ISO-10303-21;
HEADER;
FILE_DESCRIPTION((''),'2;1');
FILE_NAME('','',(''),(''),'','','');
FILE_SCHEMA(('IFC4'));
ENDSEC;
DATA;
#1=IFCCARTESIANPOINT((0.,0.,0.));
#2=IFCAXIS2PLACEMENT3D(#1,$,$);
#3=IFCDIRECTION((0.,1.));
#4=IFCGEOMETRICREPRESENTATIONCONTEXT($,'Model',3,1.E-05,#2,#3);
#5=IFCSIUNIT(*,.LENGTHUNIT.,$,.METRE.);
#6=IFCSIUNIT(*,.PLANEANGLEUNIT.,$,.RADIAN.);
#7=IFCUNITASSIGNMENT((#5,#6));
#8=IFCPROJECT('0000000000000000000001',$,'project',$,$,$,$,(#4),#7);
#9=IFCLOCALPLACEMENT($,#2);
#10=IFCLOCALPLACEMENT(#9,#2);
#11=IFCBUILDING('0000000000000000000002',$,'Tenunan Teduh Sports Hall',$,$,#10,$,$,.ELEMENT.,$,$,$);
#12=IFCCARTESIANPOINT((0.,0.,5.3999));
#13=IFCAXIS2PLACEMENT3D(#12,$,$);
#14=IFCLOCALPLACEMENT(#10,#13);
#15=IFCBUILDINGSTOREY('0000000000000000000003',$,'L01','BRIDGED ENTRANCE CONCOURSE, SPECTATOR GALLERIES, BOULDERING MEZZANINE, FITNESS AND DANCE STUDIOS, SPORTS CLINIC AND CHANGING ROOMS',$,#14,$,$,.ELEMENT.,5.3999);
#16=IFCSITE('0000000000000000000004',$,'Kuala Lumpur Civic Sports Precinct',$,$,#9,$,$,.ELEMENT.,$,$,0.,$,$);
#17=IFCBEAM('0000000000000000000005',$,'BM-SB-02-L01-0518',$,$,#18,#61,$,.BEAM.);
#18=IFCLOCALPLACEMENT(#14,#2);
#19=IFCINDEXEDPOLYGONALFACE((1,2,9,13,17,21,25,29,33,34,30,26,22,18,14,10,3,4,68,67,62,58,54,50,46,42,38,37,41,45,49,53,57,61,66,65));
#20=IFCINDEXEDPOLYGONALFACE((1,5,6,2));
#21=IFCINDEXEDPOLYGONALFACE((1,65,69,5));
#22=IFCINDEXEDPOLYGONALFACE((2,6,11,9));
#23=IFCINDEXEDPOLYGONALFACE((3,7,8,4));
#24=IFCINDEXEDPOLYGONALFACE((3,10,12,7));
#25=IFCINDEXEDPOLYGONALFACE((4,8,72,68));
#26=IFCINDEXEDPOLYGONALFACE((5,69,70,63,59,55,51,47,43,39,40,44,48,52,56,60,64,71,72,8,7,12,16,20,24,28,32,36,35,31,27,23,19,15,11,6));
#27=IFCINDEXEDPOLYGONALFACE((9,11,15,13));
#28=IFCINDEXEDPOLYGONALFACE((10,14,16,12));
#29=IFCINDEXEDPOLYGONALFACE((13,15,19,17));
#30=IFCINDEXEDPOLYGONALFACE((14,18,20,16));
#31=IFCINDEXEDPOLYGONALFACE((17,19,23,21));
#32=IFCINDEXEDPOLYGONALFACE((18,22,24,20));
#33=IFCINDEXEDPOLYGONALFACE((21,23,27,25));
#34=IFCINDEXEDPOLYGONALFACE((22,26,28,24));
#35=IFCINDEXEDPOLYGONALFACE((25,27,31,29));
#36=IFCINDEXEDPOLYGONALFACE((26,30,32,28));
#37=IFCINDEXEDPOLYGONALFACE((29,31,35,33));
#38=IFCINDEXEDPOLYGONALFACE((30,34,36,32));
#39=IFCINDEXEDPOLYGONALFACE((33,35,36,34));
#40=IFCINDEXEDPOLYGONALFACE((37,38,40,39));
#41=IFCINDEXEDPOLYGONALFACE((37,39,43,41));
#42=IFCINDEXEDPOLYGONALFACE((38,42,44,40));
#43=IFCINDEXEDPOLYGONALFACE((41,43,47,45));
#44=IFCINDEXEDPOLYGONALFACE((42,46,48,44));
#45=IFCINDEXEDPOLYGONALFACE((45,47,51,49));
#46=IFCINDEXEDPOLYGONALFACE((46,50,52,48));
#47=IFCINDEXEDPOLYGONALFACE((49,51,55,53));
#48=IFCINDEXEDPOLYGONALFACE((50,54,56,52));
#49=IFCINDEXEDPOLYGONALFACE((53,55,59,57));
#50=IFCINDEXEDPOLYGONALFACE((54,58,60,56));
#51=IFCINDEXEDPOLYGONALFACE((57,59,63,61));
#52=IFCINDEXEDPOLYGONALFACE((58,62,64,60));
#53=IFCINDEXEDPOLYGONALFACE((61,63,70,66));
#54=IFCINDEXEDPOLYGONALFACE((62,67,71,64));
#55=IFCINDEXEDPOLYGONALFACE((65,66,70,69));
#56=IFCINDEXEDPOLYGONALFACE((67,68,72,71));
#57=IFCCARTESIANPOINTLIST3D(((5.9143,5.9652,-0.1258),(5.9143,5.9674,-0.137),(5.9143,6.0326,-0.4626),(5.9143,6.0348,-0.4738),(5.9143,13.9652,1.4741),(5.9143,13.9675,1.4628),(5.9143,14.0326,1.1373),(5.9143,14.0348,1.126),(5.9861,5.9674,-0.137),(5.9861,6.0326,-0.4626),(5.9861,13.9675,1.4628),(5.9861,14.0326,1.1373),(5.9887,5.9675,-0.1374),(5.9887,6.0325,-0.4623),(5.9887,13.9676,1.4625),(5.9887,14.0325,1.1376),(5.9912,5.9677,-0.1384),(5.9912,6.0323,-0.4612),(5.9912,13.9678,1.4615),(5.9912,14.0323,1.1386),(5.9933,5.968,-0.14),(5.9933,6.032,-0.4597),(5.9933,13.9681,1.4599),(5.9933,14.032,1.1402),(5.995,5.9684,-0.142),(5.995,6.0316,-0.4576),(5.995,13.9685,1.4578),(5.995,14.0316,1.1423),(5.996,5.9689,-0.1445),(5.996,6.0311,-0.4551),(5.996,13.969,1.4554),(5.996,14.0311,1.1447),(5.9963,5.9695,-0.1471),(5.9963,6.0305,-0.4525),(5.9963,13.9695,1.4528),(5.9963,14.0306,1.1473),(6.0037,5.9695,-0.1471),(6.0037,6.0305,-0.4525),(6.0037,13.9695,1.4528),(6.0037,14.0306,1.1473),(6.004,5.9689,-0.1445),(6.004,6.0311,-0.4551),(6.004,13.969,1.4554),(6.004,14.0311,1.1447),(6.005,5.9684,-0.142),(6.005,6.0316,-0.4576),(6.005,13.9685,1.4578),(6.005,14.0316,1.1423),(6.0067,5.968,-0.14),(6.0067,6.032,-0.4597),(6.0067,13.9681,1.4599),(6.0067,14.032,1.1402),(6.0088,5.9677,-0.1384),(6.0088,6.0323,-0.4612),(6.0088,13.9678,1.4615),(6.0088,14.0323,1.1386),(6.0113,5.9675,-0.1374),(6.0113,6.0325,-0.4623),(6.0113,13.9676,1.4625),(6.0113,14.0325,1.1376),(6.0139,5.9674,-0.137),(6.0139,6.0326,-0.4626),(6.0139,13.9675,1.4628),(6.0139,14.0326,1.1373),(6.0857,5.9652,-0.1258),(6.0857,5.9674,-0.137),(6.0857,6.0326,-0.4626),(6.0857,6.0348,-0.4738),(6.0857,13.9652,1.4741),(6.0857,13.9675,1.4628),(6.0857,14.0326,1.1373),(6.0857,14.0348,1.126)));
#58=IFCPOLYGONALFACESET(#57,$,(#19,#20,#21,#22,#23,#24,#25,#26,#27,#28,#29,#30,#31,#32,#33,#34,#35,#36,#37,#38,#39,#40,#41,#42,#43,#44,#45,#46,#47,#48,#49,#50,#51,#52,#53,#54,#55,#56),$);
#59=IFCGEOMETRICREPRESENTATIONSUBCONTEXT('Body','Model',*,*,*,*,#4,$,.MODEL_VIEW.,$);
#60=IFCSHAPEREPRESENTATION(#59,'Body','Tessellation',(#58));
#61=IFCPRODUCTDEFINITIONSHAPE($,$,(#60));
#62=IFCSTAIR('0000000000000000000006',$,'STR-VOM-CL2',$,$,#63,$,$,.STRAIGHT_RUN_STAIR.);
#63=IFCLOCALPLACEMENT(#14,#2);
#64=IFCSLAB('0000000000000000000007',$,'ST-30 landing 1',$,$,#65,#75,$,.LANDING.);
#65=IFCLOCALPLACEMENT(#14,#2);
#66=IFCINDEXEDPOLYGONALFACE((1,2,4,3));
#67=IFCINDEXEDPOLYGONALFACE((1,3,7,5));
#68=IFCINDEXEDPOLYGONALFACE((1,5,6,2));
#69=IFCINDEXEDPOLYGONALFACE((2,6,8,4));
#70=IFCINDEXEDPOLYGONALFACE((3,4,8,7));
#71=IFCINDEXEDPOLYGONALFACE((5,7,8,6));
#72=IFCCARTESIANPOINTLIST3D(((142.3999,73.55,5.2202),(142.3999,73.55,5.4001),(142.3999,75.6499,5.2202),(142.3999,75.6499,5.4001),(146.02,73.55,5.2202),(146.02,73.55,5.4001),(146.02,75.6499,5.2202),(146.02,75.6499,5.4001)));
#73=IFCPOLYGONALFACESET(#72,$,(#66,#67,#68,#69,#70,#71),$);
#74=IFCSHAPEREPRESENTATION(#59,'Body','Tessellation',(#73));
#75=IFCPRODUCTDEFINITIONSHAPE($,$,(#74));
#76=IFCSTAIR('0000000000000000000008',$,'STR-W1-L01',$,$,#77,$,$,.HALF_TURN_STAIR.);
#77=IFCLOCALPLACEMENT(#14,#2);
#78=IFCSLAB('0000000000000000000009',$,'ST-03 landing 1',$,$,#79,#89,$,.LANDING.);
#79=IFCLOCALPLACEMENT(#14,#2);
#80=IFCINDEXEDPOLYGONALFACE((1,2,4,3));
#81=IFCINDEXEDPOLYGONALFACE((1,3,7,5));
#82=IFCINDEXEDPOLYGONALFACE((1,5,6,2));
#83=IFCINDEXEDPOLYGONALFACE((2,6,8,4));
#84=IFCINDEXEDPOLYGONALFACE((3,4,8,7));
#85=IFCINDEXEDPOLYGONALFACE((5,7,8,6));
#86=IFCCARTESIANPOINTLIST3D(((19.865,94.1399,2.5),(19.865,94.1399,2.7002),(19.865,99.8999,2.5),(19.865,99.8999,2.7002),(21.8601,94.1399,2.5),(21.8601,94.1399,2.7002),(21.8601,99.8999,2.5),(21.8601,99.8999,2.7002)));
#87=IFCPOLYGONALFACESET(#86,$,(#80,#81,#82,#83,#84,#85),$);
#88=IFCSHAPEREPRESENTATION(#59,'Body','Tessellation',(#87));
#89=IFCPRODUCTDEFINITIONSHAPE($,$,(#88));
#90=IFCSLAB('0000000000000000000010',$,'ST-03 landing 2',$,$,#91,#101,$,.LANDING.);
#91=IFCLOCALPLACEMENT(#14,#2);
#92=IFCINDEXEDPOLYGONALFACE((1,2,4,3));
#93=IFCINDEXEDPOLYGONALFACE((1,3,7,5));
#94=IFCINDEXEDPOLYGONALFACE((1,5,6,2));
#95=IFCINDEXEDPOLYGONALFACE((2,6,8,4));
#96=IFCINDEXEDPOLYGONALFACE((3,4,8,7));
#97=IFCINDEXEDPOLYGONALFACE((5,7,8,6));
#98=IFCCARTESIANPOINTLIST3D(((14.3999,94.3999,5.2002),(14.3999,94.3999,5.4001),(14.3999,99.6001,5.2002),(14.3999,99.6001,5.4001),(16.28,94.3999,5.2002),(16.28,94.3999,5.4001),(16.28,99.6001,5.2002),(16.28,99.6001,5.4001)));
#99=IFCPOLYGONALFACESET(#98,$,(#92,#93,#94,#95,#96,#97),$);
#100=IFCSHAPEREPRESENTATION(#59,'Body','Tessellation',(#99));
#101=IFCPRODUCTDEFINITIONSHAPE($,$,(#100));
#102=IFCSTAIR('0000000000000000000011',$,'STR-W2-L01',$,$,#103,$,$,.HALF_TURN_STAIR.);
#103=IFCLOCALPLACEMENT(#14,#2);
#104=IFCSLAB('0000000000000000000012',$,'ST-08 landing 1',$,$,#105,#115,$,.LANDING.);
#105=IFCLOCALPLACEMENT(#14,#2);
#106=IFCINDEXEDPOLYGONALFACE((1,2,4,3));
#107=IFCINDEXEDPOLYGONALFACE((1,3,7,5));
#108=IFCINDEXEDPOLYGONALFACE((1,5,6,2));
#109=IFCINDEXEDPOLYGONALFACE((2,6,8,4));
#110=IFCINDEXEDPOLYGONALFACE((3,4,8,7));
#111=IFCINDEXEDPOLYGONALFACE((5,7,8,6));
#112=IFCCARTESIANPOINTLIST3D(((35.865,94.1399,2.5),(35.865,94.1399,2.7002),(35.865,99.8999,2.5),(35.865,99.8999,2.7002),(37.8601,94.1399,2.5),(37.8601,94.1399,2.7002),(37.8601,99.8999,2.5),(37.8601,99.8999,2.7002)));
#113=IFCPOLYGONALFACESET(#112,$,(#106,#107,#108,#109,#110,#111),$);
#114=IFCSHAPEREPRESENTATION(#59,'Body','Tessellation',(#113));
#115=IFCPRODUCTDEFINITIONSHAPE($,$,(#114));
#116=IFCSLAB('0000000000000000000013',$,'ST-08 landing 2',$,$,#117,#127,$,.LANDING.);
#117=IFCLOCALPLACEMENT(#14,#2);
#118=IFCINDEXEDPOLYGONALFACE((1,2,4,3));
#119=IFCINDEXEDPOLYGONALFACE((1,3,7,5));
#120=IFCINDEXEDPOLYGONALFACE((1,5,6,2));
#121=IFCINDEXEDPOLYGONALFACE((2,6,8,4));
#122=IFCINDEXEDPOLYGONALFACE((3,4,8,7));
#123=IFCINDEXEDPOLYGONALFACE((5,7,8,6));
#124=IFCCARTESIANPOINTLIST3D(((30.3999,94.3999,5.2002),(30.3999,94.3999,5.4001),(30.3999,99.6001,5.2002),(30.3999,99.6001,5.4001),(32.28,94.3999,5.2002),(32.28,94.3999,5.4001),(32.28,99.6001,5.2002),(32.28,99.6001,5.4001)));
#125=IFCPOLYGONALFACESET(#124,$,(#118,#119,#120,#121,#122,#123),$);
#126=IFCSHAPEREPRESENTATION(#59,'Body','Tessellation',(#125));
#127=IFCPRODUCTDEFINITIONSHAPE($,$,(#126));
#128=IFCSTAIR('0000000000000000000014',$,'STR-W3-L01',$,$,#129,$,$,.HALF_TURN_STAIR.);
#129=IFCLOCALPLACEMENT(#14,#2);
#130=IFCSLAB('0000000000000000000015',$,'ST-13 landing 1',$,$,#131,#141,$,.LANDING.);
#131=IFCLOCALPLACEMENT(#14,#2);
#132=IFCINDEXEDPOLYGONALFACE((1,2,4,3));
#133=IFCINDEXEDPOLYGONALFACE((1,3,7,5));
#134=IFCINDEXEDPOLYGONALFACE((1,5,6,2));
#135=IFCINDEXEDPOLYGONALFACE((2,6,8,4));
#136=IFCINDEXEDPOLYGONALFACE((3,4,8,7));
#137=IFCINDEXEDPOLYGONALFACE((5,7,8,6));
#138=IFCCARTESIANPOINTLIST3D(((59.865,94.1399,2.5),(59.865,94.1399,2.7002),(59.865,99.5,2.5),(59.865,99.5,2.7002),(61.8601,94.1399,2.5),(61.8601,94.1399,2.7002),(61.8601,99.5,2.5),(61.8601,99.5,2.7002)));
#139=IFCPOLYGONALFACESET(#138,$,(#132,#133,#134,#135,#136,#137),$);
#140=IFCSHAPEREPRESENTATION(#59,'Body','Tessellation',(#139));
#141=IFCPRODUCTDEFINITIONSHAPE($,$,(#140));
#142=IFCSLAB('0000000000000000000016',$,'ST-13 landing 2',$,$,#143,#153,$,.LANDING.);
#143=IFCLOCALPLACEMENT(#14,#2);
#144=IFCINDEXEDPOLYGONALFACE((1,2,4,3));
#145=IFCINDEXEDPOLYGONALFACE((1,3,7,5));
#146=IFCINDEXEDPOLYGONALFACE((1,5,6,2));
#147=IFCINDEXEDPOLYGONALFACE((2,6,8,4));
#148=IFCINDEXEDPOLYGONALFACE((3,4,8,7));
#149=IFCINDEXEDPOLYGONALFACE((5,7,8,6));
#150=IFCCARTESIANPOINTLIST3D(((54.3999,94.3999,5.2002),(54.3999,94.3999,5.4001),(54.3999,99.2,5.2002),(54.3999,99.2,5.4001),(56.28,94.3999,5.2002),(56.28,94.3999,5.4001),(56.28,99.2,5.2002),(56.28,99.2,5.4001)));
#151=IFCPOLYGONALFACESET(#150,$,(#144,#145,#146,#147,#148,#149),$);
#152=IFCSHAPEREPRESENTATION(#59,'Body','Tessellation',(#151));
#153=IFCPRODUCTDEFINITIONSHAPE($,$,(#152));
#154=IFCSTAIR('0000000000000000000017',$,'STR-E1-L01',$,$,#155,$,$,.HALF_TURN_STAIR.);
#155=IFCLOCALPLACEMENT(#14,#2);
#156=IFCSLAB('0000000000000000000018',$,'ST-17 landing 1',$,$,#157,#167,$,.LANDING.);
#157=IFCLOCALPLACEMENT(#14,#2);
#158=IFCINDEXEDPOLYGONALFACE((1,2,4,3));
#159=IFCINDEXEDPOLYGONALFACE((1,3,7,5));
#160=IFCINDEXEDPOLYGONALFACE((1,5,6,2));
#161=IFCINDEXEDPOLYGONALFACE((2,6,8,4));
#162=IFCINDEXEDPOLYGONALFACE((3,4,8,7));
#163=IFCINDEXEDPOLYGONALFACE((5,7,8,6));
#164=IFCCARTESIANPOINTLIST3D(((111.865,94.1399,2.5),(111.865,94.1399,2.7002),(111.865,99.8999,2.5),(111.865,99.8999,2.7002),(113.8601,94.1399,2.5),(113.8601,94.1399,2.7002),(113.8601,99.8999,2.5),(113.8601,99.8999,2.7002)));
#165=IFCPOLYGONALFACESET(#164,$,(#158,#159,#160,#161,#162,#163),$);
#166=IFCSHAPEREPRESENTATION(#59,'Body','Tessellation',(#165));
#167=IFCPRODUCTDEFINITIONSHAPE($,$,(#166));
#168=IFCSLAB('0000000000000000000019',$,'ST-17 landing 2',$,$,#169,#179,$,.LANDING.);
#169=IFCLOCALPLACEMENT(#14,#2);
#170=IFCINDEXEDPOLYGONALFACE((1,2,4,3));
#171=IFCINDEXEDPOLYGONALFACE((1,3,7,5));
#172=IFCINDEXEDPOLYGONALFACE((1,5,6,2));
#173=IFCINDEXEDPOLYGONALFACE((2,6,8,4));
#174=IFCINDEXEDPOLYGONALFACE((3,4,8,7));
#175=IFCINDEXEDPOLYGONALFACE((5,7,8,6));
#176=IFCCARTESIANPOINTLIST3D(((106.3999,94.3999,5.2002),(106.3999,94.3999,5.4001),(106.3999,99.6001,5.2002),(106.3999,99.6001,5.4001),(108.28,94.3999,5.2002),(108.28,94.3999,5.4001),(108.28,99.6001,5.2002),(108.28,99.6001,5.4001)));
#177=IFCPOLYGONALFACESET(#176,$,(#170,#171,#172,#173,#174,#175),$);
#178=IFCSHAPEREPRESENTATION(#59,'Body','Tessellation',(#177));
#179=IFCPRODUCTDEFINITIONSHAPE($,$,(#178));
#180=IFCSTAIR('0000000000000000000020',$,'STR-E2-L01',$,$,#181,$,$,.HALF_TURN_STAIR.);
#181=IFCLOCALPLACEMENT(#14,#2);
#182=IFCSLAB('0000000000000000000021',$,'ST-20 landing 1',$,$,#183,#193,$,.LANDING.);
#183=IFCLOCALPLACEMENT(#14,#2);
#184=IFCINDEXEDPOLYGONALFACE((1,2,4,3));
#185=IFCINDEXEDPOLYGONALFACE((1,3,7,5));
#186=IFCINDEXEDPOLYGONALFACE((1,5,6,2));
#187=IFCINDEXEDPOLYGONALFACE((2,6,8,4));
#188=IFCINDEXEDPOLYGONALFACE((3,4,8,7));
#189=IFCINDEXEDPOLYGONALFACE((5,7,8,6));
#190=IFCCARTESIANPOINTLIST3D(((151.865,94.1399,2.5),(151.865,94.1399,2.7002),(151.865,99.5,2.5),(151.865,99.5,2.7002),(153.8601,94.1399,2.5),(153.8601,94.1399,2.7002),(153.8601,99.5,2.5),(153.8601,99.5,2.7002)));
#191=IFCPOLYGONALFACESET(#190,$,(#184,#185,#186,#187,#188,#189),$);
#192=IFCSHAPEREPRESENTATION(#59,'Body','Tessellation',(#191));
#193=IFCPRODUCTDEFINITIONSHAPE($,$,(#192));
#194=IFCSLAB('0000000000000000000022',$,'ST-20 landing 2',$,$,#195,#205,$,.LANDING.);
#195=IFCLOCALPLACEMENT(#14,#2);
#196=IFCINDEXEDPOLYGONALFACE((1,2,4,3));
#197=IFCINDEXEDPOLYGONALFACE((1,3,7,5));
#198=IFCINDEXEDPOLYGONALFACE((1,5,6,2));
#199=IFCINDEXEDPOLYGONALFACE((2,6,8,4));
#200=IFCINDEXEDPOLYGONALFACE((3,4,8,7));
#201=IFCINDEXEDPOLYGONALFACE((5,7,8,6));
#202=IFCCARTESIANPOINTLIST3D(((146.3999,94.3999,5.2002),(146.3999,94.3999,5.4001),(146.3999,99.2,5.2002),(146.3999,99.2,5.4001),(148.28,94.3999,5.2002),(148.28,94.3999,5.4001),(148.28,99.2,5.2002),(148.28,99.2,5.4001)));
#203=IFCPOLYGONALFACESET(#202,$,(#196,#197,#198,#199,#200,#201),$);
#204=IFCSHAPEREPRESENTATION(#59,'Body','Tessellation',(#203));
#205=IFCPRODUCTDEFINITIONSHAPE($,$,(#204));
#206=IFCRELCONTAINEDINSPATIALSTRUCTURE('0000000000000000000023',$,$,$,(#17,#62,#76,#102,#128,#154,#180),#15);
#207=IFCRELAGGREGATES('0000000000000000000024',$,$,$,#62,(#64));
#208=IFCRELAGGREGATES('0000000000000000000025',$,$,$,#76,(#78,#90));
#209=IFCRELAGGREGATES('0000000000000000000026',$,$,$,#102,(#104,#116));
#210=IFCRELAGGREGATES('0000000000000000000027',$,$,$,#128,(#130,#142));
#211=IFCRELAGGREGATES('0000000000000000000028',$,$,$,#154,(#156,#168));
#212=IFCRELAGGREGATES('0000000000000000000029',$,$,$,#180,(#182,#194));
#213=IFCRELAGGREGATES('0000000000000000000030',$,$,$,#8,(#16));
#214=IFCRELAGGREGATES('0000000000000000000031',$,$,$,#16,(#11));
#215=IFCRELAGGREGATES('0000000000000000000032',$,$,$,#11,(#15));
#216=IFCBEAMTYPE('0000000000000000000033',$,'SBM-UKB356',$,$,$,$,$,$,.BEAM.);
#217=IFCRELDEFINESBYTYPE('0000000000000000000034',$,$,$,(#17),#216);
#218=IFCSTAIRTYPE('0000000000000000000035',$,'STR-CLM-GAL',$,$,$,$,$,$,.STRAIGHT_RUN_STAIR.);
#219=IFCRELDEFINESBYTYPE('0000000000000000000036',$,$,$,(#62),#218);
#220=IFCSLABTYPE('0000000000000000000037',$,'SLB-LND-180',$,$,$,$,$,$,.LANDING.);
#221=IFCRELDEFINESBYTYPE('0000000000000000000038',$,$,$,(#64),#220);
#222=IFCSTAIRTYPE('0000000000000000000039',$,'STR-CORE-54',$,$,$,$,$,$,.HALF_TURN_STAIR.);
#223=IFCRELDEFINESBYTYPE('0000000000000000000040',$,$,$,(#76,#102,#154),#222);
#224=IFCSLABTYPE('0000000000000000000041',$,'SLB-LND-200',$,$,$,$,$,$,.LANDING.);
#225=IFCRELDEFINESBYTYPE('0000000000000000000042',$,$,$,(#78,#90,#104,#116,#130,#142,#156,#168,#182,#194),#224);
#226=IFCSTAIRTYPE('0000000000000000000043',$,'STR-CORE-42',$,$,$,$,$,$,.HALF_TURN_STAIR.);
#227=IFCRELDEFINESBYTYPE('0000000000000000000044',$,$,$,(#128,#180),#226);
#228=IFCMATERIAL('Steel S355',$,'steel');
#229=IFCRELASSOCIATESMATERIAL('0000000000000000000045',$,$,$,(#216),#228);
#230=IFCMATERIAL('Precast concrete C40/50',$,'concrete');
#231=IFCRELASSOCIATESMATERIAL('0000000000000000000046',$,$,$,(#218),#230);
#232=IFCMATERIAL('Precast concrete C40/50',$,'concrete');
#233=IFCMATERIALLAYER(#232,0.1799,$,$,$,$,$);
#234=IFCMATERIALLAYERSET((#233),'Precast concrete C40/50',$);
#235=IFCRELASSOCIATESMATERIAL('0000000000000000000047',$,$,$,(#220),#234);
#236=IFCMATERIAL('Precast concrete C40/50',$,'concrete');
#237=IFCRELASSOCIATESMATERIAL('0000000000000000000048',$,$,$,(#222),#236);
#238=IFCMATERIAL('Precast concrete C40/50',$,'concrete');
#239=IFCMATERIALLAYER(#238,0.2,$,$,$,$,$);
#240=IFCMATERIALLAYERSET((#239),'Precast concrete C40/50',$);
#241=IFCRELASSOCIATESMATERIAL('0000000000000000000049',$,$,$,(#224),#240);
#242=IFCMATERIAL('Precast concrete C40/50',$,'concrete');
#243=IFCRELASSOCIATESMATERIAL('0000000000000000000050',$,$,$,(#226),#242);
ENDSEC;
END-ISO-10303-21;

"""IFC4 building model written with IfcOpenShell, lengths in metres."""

from ifc_helpers import new_model, si_unit, direction, frame, origin, origin_2d, place, context, subcontext, project, spatial, polyline, i_section, outline, extrude, material, layer, layer_set, material_profile, profile_set, type_object, element, aggregate, save


model = new_model("IFC4")

# Units and contexts
model_context = context("Model", 3, precision=1e-05, world=origin(), true_north=direction((0.0, 1.0)))
body_context = subcontext(model_context, "Body", "Model", "MODEL_VIEW")
ifc_project = project(units=[si_unit("LENGTHUNIT", "METRE"), si_unit("PLANEANGLEUNIT", "RADIAN")], contexts=[model_context])

# Site, building, storey
site_placement = place(None, origin())
site = spatial("IfcSite", under=ifc_project, at=site_placement, Name="Kuala Lumpur Civic Sports Precinct", CompositionType="ELEMENT", RefElevation=0.0)
building_placement = place(site_placement, origin())
building = spatial("IfcBuilding", under=site, at=building_placement, Name="Tenunan Teduh Sports Hall", CompositionType="ELEMENT")
storey_placement = place(building_placement, frame((0.0, 0.0, 5.3999)))
storey = spatial("IfcBuildingStorey", under=building, at=storey_placement, Name="L01", Description="BRIDGED ENTRANCE CONCOURSE, SPECTATOR GALLERIES, BOULDERING MEZZANINE, FITNESS AND DANCE STUDIOS, SPORTS CLINIC AND CHANGING ROOMS", CompositionType="ELEMENT", Elevation=5.3999)

# Beam
ifc_material_1 = material(Name="Steel S355", Category="steel")
ifc_material_profile_1 = material_profile(ifc_material_1, i_section(OverallWidth=0.1714, OverallDepth=0.355, WebThickness=0.0073, FlangeThickness=0.0115, FilletRadius=0.0103, at=origin_2d()), Name="UKB 356x171x51")
ifc_profile_set_1 = profile_set([ifc_material_profile_1], Name="Steel S355")
beam_type_1 = type_object("IfcBeamType", Name="SBM-UKB356", PredefinedType="BEAM", material=ifc_profile_set_1)
beam_1_placement = place(storey_placement, frame((6.0, 6.0, -0.2998), z_axis=(0.0, 0.980584, 0.196099), x_axis=(-1.0, 0.0, 0.0)))
element("IfcBeam", 1, at=beam_1_placement, inside=storey, type_object=beam_type_1, Name="BM-SB-02-L01-0518", PredefinedType="BEAM", context=body_context, shape_type="SweptSolid", body=[
    extrude(i_section(OverallWidth=0.1714, OverallDepth=0.355, WebThickness=0.0073, FlangeThickness=0.0115, FilletRadius=0.0103, at=origin_2d()), origin(), (0.0, 0.0, 1.0), 8.1584),
])

# Stair, slab
ifc_material_2 = material(Name="Precast concrete C40/50", Category="concrete")
stair_type_1 = type_object("IfcStairType", Name="STR-CLM-GAL", PredefinedType="STRAIGHT_RUN_STAIR", material=ifc_material_2)
stair_1_placement = place(storey_placement, origin())
stair_1 = element("IfcStair", 2, at=stair_1_placement, inside=storey, type_object=stair_type_1, Name="STR-VOM-CL2", PredefinedType="STRAIGHT_RUN_STAIR")
ifc_material_3 = material(Name="Precast concrete C40/50", Category="concrete")
ifc_layer_1 = layer(ifc_material_3, 0.1799)
ifc_layer_set_1 = layer_set([ifc_layer_1], Name="Precast concrete C40/50")
slab_type_1 = type_object("IfcSlabType", Name="SLB-LND-180", PredefinedType="LANDING", material=ifc_layer_set_1)
slab_1_placement = place(storey_placement, frame((0.0, 0.0, 5.2202)))
slab_1 = element("IfcSlab", 3, at=slab_1_placement, type_object=slab_type_1, Name="ST-30 landing 1", PredefinedType="LANDING", context=body_context, shape_type="SweptSolid", body=[
    extrude(outline(polyline([(142.3999, 73.55), (146.02, 73.55), (146.02, 75.6499), (142.3999, 75.6499), (142.3999, 73.55)])), origin(), (0.0, 0.0, 1.0), 0.1799),
])
aggregate(stair_1, [slab_1])

# Stairs, slabs
ifc_material_4 = material(Name="Precast concrete C40/50", Category="concrete")
stair_type_2 = type_object("IfcStairType", Name="STR-CORE-54", PredefinedType="HALF_TURN_STAIR", material=ifc_material_4)
stair_2_placement = place(storey_placement, origin())
stair_2 = element("IfcStair", 4, at=stair_2_placement, inside=storey, type_object=stair_type_2, Name="STR-W1-L01", PredefinedType="HALF_TURN_STAIR")
ifc_material_5 = material(Name="Precast concrete C40/50", Category="concrete")
ifc_layer_2 = layer(ifc_material_5, 0.2)
ifc_layer_set_2 = layer_set([ifc_layer_2], Name="Precast concrete C40/50")
slab_type_2 = type_object("IfcSlabType", Name="SLB-LND-200", PredefinedType="LANDING", material=ifc_layer_set_2)
slab_2_placement = place(storey_placement, frame((0.0, 0.0, 2.5)))
slab_2 = element("IfcSlab", 5, at=slab_2_placement, type_object=slab_type_2, Name="ST-03 landing 1", PredefinedType="LANDING", context=body_context, shape_type="SweptSolid", body=[
    extrude(outline(polyline([(19.865, 94.1399), (21.8601, 94.1399), (21.8601, 99.8999), (19.865, 99.8999), (19.865, 94.1399)])), origin(), (0.0, 0.0, 1.0), 0.2002),
])
slab_3_placement = place(storey_placement, frame((0.0, 0.0, 5.2002)))
slab_3 = element("IfcSlab", 6, at=slab_3_placement, type_object=slab_type_2, Name="ST-03 landing 2", PredefinedType="LANDING", context=body_context, shape_type="SweptSolid", body=[
    extrude(outline(polyline([(14.3999, 94.3999), (16.28, 94.3999), (16.28, 99.6001), (14.3999, 99.6001), (14.3999, 94.3999)])), origin(), (0.0, 0.0, 1.0), 0.2),
])
aggregate(stair_2, [slab_2, slab_3])
stair_3_placement = place(storey_placement, origin())
stair_3 = element("IfcStair", 7, at=stair_3_placement, inside=storey, type_object=stair_type_2, Name="STR-W2-L01", PredefinedType="HALF_TURN_STAIR")
slab_4_placement = place(storey_placement, frame((0.0, 0.0, 2.5)))
slab_4 = element("IfcSlab", 8, at=slab_4_placement, type_object=slab_type_2, Name="ST-08 landing 1", PredefinedType="LANDING", context=body_context, shape_type="SweptSolid", body=[
    extrude(outline(polyline([(35.865, 94.1399), (37.8601, 94.1399), (37.8601, 99.8999), (35.865, 99.8999), (35.865, 94.1399)])), origin(), (0.0, 0.0, 1.0), 0.2002),
])
slab_5_placement = place(storey_placement, frame((0.0, 0.0, 5.2002)))
slab_5 = element("IfcSlab", 9, at=slab_5_placement, type_object=slab_type_2, Name="ST-08 landing 2", PredefinedType="LANDING", context=body_context, shape_type="SweptSolid", body=[
    extrude(outline(polyline([(30.3999, 94.3999), (32.28, 94.3999), (32.28, 99.6001), (30.3999, 99.6001), (30.3999, 94.3999)])), origin(), (0.0, 0.0, 1.0), 0.2),
])
aggregate(stair_3, [slab_4, slab_5])
ifc_material_6 = material(Name="Precast concrete C40/50", Category="concrete")
stair_type_3 = type_object("IfcStairType", Name="STR-CORE-42", PredefinedType="HALF_TURN_STAIR", material=ifc_material_6)
stair_4_placement = place(storey_placement, origin())
stair_4 = element("IfcStair", 10, at=stair_4_placement, inside=storey, type_object=stair_type_3, Name="STR-W3-L01", PredefinedType="HALF_TURN_STAIR")
slab_6_placement = place(storey_placement, frame((0.0, 0.0, 2.5)))
slab_6 = element("IfcSlab", 11, at=slab_6_placement, type_object=slab_type_2, Name="ST-13 landing 1", PredefinedType="LANDING", context=body_context, shape_type="SweptSolid", body=[
    extrude(outline(polyline([(59.865, 94.1399), (61.8601, 94.1399), (61.8601, 99.5), (59.865, 99.5), (59.865, 94.1399)])), origin(), (0.0, 0.0, 1.0), 0.2002),
])
slab_7_placement = place(storey_placement, frame((0.0, 0.0, 5.2002)))
slab_7 = element("IfcSlab", 12, at=slab_7_placement, type_object=slab_type_2, Name="ST-13 landing 2", PredefinedType="LANDING", context=body_context, shape_type="SweptSolid", body=[
    extrude(outline(polyline([(54.3999, 94.3999), (56.28, 94.3999), (56.28, 99.2), (54.3999, 99.2), (54.3999, 94.3999)])), origin(), (0.0, 0.0, 1.0), 0.2),
])
aggregate(stair_4, [slab_6, slab_7])
stair_5_placement = place(storey_placement, origin())
stair_5 = element("IfcStair", 13, at=stair_5_placement, inside=storey, type_object=stair_type_2, Name="STR-E1-L01", PredefinedType="HALF_TURN_STAIR")
slab_8_placement = place(storey_placement, frame((0.0, 0.0, 2.5)))
slab_8 = element("IfcSlab", 14, at=slab_8_placement, type_object=slab_type_2, Name="ST-17 landing 1", PredefinedType="LANDING", context=body_context, shape_type="SweptSolid", body=[
    extrude(outline(polyline([(111.865, 94.1399), (113.8601, 94.1399), (113.8601, 99.8999), (111.865, 99.8999), (111.865, 94.1399)])), origin(), (0.0, 0.0, 1.0), 0.2002),
])
slab_9_placement = place(storey_placement, frame((0.0, 0.0, 5.2002)))
slab_9 = element("IfcSlab", 15, at=slab_9_placement, type_object=slab_type_2, Name="ST-17 landing 2", PredefinedType="LANDING", context=body_context, shape_type="SweptSolid", body=[
    extrude(outline(polyline([(106.3999, 94.3999), (108.28, 94.3999), (108.28, 99.6001), (106.3999, 99.6001), (106.3999, 94.3999)])), origin(), (0.0, 0.0, 1.0), 0.2),
])
aggregate(stair_5, [slab_8, slab_9])
stair_6_placement = place(storey_placement, origin())
stair_6 = element("IfcStair", 16, at=stair_6_placement, inside=storey, type_object=stair_type_3, Name="STR-E2-L01", PredefinedType="HALF_TURN_STAIR")
slab_10_placement = place(storey_placement, frame((0.0, 0.0, 2.5)))
slab_10 = element("IfcSlab", 17, at=slab_10_placement, type_object=slab_type_2, Name="ST-20 landing 1", PredefinedType="LANDING", context=body_context, shape_type="SweptSolid", body=[
    extrude(outline(polyline([(151.865, 94.1399), (153.8601, 94.1399), (153.8601, 99.5), (151.865, 99.5), (151.865, 94.1399)])), origin(), (0.0, 0.0, 1.0), 0.2002),
])
slab_11_placement = place(storey_placement, frame((0.0, 0.0, 5.2002)))
slab_11 = element("IfcSlab", 18, at=slab_11_placement, type_object=slab_type_2, Name="ST-20 landing 2", PredefinedType="LANDING", context=body_context, shape_type="SweptSolid", body=[
    extrude(outline(polyline([(146.3999, 94.3999), (148.28, 94.3999), (148.28, 99.2), (146.3999, 99.2), (146.3999, 94.3999)])), origin(), (0.0, 0.0, 1.0), 0.2),
])
aggregate(stair_6, [slab_10, slab_11])

save(model, "model.ifc")
